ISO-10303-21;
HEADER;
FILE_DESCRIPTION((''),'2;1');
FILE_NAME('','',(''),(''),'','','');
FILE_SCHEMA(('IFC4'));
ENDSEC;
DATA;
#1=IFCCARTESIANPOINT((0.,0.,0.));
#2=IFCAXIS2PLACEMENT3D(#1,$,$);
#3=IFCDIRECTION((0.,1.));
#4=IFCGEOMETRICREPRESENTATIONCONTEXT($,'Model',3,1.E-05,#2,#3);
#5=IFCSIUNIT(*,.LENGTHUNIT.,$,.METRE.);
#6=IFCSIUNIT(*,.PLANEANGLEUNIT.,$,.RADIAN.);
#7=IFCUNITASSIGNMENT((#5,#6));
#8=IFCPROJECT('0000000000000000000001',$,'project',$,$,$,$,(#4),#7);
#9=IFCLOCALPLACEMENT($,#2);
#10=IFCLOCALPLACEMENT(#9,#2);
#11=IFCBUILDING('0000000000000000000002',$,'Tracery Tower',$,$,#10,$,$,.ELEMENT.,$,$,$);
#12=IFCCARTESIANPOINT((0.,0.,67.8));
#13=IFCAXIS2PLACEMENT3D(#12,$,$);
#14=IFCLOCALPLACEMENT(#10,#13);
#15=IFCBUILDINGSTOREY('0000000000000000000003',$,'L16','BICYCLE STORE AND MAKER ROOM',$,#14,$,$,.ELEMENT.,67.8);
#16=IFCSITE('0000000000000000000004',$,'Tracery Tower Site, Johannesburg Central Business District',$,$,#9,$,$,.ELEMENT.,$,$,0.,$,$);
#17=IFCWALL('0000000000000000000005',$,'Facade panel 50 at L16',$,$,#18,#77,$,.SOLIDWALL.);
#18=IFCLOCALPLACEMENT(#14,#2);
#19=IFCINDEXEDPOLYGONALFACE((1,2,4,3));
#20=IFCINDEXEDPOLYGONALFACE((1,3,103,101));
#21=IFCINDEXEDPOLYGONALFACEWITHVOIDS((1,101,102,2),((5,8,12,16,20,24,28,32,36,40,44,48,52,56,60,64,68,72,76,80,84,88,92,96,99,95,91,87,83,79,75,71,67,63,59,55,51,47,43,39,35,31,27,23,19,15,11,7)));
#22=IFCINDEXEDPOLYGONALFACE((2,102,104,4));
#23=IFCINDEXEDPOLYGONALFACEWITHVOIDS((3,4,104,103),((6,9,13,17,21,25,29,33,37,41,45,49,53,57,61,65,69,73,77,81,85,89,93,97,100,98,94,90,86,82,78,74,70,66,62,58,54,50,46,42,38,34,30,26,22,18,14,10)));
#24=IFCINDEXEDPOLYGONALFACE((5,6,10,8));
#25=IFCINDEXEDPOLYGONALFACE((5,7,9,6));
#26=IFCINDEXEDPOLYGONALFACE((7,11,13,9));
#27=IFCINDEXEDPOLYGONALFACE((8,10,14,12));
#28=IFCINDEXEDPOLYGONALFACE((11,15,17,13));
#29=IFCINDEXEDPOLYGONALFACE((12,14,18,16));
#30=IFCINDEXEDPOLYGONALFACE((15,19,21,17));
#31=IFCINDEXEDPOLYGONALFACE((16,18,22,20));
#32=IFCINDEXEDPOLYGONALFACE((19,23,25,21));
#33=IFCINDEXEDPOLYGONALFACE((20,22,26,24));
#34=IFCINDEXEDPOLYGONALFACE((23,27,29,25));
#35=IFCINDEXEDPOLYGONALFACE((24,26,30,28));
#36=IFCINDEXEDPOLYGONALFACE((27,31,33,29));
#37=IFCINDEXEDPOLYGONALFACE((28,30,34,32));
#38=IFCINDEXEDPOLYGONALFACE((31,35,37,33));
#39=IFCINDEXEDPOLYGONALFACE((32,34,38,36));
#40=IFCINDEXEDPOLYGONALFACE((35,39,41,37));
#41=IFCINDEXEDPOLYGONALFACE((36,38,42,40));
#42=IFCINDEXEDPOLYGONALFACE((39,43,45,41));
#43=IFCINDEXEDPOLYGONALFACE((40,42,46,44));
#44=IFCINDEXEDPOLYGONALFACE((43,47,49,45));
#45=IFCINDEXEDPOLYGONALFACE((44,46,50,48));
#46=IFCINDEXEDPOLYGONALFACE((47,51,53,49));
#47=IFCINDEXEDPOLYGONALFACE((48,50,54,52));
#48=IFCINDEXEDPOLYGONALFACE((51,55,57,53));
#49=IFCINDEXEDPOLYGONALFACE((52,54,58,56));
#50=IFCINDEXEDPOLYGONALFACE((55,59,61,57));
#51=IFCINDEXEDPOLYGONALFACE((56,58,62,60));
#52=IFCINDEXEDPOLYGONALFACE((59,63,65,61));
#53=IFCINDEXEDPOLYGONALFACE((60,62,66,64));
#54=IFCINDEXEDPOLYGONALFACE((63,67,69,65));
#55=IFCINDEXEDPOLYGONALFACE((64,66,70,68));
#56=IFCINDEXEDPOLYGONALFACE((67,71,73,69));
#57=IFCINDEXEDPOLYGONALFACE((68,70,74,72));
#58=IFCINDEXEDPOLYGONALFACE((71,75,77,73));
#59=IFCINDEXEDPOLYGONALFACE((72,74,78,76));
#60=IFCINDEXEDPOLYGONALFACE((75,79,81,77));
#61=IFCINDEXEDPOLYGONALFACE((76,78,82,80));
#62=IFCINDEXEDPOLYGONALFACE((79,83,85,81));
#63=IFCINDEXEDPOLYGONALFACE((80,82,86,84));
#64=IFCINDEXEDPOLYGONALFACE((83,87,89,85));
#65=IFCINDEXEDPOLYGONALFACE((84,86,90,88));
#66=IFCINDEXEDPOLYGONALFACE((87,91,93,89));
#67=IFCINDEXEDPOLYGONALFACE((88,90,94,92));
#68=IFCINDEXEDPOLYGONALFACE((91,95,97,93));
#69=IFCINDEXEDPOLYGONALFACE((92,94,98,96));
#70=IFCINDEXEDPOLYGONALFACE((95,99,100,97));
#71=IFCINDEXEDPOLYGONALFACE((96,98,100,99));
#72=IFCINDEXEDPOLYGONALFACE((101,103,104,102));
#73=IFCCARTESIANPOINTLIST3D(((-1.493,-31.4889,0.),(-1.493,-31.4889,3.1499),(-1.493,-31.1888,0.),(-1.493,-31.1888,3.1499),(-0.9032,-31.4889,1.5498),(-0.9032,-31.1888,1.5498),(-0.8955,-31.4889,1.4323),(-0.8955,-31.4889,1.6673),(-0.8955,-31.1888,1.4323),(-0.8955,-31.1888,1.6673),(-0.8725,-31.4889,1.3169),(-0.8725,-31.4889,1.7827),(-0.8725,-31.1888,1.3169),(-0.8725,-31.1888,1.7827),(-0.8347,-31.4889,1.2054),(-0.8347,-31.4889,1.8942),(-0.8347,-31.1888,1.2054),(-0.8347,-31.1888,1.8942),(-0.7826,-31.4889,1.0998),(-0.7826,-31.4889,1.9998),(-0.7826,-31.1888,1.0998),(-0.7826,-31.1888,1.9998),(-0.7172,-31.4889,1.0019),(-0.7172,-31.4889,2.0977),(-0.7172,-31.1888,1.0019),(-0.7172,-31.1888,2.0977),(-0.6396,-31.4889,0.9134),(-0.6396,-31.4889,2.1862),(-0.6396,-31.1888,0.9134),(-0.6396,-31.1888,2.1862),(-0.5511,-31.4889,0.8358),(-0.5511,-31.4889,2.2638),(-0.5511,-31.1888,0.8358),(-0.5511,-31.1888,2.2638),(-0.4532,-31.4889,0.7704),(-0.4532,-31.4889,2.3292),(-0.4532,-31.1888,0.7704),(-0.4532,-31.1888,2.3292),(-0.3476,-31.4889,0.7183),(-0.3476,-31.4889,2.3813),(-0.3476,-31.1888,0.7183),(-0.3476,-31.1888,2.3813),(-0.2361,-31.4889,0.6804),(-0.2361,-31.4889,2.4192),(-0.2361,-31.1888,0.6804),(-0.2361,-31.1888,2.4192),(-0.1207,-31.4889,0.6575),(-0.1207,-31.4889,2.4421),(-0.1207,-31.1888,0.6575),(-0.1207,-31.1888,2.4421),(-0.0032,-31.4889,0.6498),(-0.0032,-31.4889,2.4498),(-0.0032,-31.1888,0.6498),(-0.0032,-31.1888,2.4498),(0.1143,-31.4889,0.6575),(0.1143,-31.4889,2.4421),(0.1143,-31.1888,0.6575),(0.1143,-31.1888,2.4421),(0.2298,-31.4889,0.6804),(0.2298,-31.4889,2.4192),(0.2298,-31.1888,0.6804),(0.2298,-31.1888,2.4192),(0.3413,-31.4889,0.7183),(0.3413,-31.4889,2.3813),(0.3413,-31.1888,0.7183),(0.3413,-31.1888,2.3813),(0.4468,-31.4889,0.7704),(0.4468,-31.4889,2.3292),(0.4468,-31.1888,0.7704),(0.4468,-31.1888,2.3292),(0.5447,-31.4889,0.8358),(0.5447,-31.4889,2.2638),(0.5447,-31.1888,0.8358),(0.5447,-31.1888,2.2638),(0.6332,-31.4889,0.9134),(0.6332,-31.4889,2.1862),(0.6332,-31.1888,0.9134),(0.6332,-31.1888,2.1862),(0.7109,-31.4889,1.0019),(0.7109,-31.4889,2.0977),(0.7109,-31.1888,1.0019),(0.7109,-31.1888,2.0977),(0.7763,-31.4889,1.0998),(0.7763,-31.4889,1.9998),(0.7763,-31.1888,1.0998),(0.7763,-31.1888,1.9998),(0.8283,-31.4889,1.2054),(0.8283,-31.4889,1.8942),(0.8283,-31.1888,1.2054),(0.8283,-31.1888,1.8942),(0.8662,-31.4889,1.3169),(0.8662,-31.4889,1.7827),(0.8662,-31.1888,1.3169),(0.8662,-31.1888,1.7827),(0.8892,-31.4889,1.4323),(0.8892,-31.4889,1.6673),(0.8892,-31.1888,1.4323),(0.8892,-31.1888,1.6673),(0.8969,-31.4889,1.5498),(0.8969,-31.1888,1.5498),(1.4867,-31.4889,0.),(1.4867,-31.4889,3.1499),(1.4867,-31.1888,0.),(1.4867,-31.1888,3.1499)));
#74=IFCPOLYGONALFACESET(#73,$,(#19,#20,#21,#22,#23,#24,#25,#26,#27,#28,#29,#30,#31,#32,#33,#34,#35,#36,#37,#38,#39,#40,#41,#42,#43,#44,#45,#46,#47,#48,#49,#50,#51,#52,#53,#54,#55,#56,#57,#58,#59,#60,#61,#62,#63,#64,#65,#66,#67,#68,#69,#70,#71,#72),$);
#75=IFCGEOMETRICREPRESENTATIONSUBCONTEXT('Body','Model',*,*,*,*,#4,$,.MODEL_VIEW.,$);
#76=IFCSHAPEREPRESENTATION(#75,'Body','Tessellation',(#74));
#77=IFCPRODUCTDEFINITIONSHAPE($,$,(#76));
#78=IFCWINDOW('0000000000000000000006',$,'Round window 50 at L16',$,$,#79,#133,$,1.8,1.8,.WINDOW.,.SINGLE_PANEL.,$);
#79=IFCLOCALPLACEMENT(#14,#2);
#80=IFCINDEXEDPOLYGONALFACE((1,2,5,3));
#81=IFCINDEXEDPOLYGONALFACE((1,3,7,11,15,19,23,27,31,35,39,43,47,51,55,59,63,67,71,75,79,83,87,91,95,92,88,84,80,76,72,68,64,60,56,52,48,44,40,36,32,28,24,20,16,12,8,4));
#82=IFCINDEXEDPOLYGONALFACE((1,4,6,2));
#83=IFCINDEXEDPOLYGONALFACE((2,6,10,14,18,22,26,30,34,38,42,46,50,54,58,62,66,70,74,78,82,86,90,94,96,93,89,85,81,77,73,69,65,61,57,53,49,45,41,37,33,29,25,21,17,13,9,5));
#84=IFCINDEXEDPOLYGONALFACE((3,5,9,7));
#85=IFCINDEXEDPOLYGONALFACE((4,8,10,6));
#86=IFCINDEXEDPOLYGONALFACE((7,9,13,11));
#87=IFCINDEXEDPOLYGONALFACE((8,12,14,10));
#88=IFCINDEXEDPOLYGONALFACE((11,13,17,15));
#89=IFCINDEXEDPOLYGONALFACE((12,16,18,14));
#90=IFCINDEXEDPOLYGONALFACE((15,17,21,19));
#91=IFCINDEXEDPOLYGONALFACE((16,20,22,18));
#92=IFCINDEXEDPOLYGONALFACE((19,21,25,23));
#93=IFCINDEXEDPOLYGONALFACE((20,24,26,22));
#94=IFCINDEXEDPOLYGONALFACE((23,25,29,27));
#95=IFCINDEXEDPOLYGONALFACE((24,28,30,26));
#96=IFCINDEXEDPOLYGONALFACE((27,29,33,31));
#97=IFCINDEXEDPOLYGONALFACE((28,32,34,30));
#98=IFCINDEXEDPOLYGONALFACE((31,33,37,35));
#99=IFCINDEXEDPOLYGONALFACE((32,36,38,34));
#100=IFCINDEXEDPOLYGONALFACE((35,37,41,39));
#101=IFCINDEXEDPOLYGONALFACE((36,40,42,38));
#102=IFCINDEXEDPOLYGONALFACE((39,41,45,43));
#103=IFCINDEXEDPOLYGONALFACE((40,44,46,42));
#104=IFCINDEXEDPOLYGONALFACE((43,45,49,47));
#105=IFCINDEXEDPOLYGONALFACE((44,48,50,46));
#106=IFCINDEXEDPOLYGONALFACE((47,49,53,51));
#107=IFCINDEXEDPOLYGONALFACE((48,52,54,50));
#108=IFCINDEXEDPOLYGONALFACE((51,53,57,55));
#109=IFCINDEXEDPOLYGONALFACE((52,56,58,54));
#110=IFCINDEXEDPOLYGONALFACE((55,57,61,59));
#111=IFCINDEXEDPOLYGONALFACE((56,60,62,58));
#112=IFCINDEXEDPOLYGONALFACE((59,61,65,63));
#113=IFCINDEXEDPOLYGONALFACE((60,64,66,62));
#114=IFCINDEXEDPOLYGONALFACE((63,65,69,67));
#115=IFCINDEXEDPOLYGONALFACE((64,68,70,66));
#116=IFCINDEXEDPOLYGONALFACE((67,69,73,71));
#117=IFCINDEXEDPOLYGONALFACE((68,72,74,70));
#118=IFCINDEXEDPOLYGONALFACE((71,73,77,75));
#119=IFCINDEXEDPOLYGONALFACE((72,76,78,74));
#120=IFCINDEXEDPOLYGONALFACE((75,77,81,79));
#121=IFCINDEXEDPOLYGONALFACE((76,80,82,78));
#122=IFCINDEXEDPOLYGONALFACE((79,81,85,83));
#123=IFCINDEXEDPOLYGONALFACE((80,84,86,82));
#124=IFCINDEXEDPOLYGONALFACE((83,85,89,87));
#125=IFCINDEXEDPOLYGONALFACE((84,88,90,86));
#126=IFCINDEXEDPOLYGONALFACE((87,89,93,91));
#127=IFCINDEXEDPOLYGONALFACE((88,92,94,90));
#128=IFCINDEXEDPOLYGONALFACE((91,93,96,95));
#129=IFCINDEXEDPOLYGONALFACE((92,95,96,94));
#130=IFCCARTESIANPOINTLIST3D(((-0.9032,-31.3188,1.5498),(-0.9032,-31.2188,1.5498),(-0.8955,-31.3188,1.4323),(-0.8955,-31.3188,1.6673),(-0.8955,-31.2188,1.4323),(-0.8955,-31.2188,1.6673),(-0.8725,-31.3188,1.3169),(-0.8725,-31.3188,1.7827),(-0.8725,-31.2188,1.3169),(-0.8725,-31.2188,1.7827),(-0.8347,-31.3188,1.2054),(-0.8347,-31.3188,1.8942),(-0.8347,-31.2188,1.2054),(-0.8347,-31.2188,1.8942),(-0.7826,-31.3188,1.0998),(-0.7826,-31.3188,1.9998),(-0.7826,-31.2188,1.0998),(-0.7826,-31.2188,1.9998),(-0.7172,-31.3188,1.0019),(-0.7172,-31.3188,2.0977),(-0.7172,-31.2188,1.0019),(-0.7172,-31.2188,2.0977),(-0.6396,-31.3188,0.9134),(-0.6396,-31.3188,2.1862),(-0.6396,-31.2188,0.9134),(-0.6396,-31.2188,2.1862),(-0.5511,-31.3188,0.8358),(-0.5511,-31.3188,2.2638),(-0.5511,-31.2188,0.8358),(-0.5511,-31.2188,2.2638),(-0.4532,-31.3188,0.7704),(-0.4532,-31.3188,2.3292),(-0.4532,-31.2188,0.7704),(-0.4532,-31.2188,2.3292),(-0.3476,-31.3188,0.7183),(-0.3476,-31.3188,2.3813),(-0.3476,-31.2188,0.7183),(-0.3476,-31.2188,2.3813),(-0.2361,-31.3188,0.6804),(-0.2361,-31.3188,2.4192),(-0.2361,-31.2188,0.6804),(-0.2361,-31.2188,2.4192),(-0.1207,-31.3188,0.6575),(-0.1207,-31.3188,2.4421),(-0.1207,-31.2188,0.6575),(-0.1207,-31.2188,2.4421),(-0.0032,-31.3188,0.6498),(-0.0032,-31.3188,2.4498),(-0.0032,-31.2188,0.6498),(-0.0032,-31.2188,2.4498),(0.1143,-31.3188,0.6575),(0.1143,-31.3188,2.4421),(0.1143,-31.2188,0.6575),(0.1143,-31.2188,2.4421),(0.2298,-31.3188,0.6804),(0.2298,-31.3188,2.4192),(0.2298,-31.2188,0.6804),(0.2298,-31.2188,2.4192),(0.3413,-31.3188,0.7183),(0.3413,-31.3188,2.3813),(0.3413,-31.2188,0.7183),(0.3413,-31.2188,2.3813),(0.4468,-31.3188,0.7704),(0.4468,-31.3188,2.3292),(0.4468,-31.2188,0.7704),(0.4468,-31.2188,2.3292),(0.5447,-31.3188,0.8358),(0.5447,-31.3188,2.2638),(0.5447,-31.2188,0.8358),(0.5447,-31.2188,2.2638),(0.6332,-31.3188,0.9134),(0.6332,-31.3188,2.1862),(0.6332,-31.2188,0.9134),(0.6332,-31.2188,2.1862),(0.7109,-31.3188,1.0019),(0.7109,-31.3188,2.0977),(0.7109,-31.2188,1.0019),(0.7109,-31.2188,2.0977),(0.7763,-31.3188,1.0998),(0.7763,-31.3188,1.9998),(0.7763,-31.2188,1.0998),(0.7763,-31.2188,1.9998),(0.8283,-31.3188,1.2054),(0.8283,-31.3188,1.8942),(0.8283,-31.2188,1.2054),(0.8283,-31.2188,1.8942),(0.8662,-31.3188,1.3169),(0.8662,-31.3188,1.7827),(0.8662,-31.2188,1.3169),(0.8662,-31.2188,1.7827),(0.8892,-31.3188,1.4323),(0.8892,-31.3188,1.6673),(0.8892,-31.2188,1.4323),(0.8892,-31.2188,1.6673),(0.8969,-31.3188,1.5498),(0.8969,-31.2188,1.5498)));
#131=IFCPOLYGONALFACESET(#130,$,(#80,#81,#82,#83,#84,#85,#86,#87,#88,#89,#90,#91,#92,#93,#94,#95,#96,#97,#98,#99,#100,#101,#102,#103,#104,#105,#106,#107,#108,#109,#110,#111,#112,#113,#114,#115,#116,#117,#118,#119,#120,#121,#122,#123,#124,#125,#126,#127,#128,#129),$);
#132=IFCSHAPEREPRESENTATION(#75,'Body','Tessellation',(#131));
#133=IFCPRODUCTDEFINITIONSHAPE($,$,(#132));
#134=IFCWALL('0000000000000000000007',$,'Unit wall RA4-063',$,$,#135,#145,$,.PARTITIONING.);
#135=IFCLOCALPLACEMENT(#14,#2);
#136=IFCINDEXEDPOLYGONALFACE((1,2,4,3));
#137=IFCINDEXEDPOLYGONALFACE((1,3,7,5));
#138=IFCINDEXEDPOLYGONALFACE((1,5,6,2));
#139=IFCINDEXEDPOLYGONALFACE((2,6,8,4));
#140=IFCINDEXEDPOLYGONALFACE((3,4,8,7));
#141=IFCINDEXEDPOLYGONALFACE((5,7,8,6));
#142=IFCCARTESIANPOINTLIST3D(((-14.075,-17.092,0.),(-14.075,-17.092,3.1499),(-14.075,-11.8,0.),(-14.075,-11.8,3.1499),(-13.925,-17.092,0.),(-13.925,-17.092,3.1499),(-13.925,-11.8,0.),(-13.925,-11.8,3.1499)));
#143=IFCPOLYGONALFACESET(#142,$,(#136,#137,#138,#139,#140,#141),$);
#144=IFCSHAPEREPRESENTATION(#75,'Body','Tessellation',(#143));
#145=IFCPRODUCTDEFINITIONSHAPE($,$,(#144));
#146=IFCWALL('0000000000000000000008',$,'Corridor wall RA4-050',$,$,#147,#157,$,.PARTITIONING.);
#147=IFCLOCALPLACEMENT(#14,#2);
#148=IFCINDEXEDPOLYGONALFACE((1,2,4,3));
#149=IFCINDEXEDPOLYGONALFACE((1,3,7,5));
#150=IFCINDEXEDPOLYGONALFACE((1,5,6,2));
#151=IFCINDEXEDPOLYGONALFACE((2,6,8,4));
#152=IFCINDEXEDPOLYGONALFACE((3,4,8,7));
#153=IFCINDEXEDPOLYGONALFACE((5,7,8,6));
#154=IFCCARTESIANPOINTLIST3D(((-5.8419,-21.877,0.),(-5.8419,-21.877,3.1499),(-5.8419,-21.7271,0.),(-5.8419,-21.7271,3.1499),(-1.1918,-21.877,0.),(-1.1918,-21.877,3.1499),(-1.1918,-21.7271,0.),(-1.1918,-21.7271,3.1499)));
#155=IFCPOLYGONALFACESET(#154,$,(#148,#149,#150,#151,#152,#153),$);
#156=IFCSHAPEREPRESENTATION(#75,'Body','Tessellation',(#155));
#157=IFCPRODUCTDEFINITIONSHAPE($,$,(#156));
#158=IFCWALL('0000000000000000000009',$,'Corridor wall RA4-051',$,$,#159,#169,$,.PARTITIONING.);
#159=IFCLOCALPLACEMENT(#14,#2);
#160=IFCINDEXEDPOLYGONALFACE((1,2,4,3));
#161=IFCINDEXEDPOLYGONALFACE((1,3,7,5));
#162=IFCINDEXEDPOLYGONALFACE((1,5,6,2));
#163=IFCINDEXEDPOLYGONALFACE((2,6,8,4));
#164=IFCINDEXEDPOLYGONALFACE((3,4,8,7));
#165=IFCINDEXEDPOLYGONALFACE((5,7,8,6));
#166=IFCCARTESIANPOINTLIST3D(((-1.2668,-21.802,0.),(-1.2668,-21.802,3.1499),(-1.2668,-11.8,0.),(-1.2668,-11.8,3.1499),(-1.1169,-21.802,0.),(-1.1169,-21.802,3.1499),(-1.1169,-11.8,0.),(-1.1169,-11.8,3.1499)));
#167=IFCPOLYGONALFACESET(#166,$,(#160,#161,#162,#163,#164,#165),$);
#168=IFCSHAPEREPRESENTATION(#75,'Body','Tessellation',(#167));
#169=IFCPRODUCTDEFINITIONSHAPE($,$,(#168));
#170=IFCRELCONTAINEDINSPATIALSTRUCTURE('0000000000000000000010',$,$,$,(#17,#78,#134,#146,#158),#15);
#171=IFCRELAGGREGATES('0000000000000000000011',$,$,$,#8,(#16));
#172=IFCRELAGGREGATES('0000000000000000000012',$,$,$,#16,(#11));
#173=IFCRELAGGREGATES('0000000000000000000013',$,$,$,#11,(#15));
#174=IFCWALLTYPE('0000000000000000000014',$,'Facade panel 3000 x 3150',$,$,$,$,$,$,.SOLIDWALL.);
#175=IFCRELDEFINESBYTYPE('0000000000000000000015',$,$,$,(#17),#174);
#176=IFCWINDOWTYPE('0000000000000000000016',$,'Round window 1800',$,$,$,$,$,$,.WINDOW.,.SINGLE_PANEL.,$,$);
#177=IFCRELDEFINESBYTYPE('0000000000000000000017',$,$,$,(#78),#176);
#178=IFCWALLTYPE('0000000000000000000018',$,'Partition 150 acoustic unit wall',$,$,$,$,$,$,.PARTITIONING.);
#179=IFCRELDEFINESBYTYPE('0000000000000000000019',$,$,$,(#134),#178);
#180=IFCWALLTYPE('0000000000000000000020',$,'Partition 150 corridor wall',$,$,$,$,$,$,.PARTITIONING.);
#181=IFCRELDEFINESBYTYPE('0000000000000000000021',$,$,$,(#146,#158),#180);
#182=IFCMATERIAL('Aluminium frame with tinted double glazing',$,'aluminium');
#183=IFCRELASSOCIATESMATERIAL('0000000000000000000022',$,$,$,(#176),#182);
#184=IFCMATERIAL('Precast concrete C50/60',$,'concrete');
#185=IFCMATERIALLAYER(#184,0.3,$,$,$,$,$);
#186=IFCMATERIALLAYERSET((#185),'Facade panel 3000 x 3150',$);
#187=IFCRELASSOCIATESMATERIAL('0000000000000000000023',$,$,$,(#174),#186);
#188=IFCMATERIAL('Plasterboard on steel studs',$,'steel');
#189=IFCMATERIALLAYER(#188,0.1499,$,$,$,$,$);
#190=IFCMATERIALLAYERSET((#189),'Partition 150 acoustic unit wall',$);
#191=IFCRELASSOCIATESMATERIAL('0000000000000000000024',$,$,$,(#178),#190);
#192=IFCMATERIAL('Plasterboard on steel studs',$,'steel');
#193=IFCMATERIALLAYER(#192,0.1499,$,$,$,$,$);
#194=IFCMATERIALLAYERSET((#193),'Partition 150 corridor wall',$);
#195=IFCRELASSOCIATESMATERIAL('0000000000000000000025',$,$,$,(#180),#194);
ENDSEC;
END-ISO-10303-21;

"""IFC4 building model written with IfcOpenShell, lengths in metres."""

from ifc_helpers import new_model, si_unit, direction, frame, frame_2d, origin, origin_2d, place, context, subcontext, project, spatial, rectangle, circle, extrude, material, layer, layer_set, type_object, element, fill, save


model = new_model("IFC4")

# Units and contexts
model_context = context("Model", 3, precision=1e-05, world=origin(), true_north=direction((0.0, 1.0)))
body_context = subcontext(model_context, "Body", "Model", "MODEL_VIEW")
ifc_project = project(units=[si_unit("LENGTHUNIT", "METRE"), si_unit("PLANEANGLEUNIT", "RADIAN")], contexts=[model_context])

# Site, building, storey
site_placement = place(None, origin())
site = spatial("IfcSite", under=ifc_project, at=site_placement, Name="Tracery Tower Site, Johannesburg Central Business District", CompositionType="ELEMENT", RefElevation=0.0)
building_placement = place(site_placement, origin())
building = spatial("IfcBuilding", under=site, at=building_placement, Name="Tracery Tower", CompositionType="ELEMENT")
storey_placement = place(building_placement, frame((0.0, 0.0, 67.8)))
storey = spatial("IfcBuildingStorey", under=building, at=storey_placement, Name="L16", Description="BICYCLE STORE AND MAKER ROOM", CompositionType="ELEMENT", Elevation=67.8)

# Wall, opening, window
ifc_material_1 = material(Name="Aluminium frame with tinted double glazing", Category="aluminium")
window_type = type_object("IfcWindowType", Name="Round window 1800", PartitioningType="SINGLE_PANEL", PredefinedType="WINDOW", material=ifc_material_1)
ifc_material_2 = material(Name="Precast concrete C50/60", Category="concrete")
ifc_layer_1 = layer(ifc_material_2, 0.3)
ifc_layer_set_1 = layer_set([ifc_layer_1], Name="Facade panel 3000 x 3150")
wall_type_1 = type_object("IfcWallType", Name="Facade panel 3000 x 3150", PredefinedType="SOLIDWALL", material=ifc_layer_set_1)
wall_1_placement = place(storey_placement, frame((-1.4929, -31.3389, 0.0), z_axis=(0.0, 0.0, 1.0), x_axis=(1.0, 0.0, 0.0)))
wall_1 = element("IfcWall", 1, at=wall_1_placement, inside=storey, type_object=wall_type_1, Name="Facade panel 50 at L16", PredefinedType="SOLIDWALL", context=body_context, shape_type="SweptSolid", body=[
    extrude(rectangle(XDim=2.9797, YDim=0.3, at=frame_2d((1.4897, 0.0))), origin(), (0.0, 0.0, 1.0), 3.1499),
])
opening_1_placement = place(wall_1_placement, frame((1.4897, 0.0, 1.5498)))
opening_1 = element("IfcOpeningElement", 2, at=opening_1_placement, cuts=wall_1, PredefinedType="OPENING", context=body_context, shape_type="SweptSolid", body=[
    extrude(circle(Radius=0.9, at=origin_2d()), frame((0.0, 0.1599, 0.0), z_axis=(0.0, -1.0, 0.0), x_axis=(1.0, 0.0, 0.0)), (0.0, 0.0, 1.0), 0.3201),
])
window_1_placement = place(opening_1_placement, origin())
window_1 = element("IfcWindow", 3, at=window_1_placement, inside=storey, type_object=window_type, Name="Round window 50 at L16", OverallHeight=1.8, OverallWidth=1.8, PartitioningType="SINGLE_PANEL", PredefinedType="WINDOW", context=body_context, shape_type="SweptSolid", body=[
    extrude(circle(Radius=0.9, at=origin_2d()), frame((0.0, 0.1201, 0.0), z_axis=(0.0, -1.0, 0.0), x_axis=(1.0, 0.0, 0.0)), (0.0, 0.0, 1.0), 0.1001),
])
fill(opening_1, window_1)

# Walls
ifc_material_3 = material(Name="Plasterboard on steel studs", Category="steel")
ifc_layer_2 = layer(ifc_material_3, 0.1499)
ifc_layer_set_2 = layer_set([ifc_layer_2], Name="Partition 150 acoustic unit wall")
wall_type_2 = type_object("IfcWallType", Name="Partition 150 acoustic unit wall", PredefinedType="PARTITIONING", material=ifc_layer_set_2)
wall_2_placement = place(storey_placement, frame((-14.0, -17.092, 0.0), z_axis=(0.0, 0.0, 1.0), x_axis=(0.0, 1.0, 0.0)))
element("IfcWall", 4, at=wall_2_placement, inside=storey, type_object=wall_type_2, Name="Unit wall RA4-063", PredefinedType="PARTITIONING", context=body_context, shape_type="SweptSolid", body=[
    extrude(rectangle(XDim=5.292, YDim=0.1499, at=frame_2d((2.646, 0.0))), origin(), (0.0, 0.0, 1.0), 3.1499),
])
ifc_material_4 = material(Name="Plasterboard on steel studs", Category="steel")
ifc_layer_3 = layer(ifc_material_4, 0.1499)
ifc_layer_set_3 = layer_set([ifc_layer_3], Name="Partition 150 corridor wall")
wall_type_3 = type_object("IfcWallType", Name="Partition 150 corridor wall", PredefinedType="PARTITIONING", material=ifc_layer_set_3)
wall_3_placement = place(storey_placement, frame((-5.842, -21.802, 0.0), z_axis=(0.0, 0.0, 1.0), x_axis=(1.0, 0.0, 0.0)))
element("IfcWall", 5, at=wall_3_placement, inside=storey, type_object=wall_type_3, Name="Corridor wall RA4-050", PredefinedType="PARTITIONING", context=body_context, shape_type="SweptSolid", body=[
    extrude(rectangle(XDim=4.6501, YDim=0.1499, at=frame_2d((2.3252, 0.0))), origin(), (0.0, 0.0, 1.0), 3.1499),
])
wall_4_placement = place(storey_placement, frame((-1.1919, -21.802, 0.0), z_axis=(0.0, 0.0, 1.0), x_axis=(0.0, 1.0, 0.0)))
element("IfcWall", 6, at=wall_4_placement, inside=storey, type_object=wall_type_3, Name="Corridor wall RA4-051", PredefinedType="PARTITIONING", context=body_context, shape_type="SweptSolid", body=[
    extrude(rectangle(XDim=10.002, YDim=0.1499, at=frame_2d((5.001, 0.0))), origin(), (0.0, 0.0, 1.0), 3.1499),
])

save(model, "model.ifc")
